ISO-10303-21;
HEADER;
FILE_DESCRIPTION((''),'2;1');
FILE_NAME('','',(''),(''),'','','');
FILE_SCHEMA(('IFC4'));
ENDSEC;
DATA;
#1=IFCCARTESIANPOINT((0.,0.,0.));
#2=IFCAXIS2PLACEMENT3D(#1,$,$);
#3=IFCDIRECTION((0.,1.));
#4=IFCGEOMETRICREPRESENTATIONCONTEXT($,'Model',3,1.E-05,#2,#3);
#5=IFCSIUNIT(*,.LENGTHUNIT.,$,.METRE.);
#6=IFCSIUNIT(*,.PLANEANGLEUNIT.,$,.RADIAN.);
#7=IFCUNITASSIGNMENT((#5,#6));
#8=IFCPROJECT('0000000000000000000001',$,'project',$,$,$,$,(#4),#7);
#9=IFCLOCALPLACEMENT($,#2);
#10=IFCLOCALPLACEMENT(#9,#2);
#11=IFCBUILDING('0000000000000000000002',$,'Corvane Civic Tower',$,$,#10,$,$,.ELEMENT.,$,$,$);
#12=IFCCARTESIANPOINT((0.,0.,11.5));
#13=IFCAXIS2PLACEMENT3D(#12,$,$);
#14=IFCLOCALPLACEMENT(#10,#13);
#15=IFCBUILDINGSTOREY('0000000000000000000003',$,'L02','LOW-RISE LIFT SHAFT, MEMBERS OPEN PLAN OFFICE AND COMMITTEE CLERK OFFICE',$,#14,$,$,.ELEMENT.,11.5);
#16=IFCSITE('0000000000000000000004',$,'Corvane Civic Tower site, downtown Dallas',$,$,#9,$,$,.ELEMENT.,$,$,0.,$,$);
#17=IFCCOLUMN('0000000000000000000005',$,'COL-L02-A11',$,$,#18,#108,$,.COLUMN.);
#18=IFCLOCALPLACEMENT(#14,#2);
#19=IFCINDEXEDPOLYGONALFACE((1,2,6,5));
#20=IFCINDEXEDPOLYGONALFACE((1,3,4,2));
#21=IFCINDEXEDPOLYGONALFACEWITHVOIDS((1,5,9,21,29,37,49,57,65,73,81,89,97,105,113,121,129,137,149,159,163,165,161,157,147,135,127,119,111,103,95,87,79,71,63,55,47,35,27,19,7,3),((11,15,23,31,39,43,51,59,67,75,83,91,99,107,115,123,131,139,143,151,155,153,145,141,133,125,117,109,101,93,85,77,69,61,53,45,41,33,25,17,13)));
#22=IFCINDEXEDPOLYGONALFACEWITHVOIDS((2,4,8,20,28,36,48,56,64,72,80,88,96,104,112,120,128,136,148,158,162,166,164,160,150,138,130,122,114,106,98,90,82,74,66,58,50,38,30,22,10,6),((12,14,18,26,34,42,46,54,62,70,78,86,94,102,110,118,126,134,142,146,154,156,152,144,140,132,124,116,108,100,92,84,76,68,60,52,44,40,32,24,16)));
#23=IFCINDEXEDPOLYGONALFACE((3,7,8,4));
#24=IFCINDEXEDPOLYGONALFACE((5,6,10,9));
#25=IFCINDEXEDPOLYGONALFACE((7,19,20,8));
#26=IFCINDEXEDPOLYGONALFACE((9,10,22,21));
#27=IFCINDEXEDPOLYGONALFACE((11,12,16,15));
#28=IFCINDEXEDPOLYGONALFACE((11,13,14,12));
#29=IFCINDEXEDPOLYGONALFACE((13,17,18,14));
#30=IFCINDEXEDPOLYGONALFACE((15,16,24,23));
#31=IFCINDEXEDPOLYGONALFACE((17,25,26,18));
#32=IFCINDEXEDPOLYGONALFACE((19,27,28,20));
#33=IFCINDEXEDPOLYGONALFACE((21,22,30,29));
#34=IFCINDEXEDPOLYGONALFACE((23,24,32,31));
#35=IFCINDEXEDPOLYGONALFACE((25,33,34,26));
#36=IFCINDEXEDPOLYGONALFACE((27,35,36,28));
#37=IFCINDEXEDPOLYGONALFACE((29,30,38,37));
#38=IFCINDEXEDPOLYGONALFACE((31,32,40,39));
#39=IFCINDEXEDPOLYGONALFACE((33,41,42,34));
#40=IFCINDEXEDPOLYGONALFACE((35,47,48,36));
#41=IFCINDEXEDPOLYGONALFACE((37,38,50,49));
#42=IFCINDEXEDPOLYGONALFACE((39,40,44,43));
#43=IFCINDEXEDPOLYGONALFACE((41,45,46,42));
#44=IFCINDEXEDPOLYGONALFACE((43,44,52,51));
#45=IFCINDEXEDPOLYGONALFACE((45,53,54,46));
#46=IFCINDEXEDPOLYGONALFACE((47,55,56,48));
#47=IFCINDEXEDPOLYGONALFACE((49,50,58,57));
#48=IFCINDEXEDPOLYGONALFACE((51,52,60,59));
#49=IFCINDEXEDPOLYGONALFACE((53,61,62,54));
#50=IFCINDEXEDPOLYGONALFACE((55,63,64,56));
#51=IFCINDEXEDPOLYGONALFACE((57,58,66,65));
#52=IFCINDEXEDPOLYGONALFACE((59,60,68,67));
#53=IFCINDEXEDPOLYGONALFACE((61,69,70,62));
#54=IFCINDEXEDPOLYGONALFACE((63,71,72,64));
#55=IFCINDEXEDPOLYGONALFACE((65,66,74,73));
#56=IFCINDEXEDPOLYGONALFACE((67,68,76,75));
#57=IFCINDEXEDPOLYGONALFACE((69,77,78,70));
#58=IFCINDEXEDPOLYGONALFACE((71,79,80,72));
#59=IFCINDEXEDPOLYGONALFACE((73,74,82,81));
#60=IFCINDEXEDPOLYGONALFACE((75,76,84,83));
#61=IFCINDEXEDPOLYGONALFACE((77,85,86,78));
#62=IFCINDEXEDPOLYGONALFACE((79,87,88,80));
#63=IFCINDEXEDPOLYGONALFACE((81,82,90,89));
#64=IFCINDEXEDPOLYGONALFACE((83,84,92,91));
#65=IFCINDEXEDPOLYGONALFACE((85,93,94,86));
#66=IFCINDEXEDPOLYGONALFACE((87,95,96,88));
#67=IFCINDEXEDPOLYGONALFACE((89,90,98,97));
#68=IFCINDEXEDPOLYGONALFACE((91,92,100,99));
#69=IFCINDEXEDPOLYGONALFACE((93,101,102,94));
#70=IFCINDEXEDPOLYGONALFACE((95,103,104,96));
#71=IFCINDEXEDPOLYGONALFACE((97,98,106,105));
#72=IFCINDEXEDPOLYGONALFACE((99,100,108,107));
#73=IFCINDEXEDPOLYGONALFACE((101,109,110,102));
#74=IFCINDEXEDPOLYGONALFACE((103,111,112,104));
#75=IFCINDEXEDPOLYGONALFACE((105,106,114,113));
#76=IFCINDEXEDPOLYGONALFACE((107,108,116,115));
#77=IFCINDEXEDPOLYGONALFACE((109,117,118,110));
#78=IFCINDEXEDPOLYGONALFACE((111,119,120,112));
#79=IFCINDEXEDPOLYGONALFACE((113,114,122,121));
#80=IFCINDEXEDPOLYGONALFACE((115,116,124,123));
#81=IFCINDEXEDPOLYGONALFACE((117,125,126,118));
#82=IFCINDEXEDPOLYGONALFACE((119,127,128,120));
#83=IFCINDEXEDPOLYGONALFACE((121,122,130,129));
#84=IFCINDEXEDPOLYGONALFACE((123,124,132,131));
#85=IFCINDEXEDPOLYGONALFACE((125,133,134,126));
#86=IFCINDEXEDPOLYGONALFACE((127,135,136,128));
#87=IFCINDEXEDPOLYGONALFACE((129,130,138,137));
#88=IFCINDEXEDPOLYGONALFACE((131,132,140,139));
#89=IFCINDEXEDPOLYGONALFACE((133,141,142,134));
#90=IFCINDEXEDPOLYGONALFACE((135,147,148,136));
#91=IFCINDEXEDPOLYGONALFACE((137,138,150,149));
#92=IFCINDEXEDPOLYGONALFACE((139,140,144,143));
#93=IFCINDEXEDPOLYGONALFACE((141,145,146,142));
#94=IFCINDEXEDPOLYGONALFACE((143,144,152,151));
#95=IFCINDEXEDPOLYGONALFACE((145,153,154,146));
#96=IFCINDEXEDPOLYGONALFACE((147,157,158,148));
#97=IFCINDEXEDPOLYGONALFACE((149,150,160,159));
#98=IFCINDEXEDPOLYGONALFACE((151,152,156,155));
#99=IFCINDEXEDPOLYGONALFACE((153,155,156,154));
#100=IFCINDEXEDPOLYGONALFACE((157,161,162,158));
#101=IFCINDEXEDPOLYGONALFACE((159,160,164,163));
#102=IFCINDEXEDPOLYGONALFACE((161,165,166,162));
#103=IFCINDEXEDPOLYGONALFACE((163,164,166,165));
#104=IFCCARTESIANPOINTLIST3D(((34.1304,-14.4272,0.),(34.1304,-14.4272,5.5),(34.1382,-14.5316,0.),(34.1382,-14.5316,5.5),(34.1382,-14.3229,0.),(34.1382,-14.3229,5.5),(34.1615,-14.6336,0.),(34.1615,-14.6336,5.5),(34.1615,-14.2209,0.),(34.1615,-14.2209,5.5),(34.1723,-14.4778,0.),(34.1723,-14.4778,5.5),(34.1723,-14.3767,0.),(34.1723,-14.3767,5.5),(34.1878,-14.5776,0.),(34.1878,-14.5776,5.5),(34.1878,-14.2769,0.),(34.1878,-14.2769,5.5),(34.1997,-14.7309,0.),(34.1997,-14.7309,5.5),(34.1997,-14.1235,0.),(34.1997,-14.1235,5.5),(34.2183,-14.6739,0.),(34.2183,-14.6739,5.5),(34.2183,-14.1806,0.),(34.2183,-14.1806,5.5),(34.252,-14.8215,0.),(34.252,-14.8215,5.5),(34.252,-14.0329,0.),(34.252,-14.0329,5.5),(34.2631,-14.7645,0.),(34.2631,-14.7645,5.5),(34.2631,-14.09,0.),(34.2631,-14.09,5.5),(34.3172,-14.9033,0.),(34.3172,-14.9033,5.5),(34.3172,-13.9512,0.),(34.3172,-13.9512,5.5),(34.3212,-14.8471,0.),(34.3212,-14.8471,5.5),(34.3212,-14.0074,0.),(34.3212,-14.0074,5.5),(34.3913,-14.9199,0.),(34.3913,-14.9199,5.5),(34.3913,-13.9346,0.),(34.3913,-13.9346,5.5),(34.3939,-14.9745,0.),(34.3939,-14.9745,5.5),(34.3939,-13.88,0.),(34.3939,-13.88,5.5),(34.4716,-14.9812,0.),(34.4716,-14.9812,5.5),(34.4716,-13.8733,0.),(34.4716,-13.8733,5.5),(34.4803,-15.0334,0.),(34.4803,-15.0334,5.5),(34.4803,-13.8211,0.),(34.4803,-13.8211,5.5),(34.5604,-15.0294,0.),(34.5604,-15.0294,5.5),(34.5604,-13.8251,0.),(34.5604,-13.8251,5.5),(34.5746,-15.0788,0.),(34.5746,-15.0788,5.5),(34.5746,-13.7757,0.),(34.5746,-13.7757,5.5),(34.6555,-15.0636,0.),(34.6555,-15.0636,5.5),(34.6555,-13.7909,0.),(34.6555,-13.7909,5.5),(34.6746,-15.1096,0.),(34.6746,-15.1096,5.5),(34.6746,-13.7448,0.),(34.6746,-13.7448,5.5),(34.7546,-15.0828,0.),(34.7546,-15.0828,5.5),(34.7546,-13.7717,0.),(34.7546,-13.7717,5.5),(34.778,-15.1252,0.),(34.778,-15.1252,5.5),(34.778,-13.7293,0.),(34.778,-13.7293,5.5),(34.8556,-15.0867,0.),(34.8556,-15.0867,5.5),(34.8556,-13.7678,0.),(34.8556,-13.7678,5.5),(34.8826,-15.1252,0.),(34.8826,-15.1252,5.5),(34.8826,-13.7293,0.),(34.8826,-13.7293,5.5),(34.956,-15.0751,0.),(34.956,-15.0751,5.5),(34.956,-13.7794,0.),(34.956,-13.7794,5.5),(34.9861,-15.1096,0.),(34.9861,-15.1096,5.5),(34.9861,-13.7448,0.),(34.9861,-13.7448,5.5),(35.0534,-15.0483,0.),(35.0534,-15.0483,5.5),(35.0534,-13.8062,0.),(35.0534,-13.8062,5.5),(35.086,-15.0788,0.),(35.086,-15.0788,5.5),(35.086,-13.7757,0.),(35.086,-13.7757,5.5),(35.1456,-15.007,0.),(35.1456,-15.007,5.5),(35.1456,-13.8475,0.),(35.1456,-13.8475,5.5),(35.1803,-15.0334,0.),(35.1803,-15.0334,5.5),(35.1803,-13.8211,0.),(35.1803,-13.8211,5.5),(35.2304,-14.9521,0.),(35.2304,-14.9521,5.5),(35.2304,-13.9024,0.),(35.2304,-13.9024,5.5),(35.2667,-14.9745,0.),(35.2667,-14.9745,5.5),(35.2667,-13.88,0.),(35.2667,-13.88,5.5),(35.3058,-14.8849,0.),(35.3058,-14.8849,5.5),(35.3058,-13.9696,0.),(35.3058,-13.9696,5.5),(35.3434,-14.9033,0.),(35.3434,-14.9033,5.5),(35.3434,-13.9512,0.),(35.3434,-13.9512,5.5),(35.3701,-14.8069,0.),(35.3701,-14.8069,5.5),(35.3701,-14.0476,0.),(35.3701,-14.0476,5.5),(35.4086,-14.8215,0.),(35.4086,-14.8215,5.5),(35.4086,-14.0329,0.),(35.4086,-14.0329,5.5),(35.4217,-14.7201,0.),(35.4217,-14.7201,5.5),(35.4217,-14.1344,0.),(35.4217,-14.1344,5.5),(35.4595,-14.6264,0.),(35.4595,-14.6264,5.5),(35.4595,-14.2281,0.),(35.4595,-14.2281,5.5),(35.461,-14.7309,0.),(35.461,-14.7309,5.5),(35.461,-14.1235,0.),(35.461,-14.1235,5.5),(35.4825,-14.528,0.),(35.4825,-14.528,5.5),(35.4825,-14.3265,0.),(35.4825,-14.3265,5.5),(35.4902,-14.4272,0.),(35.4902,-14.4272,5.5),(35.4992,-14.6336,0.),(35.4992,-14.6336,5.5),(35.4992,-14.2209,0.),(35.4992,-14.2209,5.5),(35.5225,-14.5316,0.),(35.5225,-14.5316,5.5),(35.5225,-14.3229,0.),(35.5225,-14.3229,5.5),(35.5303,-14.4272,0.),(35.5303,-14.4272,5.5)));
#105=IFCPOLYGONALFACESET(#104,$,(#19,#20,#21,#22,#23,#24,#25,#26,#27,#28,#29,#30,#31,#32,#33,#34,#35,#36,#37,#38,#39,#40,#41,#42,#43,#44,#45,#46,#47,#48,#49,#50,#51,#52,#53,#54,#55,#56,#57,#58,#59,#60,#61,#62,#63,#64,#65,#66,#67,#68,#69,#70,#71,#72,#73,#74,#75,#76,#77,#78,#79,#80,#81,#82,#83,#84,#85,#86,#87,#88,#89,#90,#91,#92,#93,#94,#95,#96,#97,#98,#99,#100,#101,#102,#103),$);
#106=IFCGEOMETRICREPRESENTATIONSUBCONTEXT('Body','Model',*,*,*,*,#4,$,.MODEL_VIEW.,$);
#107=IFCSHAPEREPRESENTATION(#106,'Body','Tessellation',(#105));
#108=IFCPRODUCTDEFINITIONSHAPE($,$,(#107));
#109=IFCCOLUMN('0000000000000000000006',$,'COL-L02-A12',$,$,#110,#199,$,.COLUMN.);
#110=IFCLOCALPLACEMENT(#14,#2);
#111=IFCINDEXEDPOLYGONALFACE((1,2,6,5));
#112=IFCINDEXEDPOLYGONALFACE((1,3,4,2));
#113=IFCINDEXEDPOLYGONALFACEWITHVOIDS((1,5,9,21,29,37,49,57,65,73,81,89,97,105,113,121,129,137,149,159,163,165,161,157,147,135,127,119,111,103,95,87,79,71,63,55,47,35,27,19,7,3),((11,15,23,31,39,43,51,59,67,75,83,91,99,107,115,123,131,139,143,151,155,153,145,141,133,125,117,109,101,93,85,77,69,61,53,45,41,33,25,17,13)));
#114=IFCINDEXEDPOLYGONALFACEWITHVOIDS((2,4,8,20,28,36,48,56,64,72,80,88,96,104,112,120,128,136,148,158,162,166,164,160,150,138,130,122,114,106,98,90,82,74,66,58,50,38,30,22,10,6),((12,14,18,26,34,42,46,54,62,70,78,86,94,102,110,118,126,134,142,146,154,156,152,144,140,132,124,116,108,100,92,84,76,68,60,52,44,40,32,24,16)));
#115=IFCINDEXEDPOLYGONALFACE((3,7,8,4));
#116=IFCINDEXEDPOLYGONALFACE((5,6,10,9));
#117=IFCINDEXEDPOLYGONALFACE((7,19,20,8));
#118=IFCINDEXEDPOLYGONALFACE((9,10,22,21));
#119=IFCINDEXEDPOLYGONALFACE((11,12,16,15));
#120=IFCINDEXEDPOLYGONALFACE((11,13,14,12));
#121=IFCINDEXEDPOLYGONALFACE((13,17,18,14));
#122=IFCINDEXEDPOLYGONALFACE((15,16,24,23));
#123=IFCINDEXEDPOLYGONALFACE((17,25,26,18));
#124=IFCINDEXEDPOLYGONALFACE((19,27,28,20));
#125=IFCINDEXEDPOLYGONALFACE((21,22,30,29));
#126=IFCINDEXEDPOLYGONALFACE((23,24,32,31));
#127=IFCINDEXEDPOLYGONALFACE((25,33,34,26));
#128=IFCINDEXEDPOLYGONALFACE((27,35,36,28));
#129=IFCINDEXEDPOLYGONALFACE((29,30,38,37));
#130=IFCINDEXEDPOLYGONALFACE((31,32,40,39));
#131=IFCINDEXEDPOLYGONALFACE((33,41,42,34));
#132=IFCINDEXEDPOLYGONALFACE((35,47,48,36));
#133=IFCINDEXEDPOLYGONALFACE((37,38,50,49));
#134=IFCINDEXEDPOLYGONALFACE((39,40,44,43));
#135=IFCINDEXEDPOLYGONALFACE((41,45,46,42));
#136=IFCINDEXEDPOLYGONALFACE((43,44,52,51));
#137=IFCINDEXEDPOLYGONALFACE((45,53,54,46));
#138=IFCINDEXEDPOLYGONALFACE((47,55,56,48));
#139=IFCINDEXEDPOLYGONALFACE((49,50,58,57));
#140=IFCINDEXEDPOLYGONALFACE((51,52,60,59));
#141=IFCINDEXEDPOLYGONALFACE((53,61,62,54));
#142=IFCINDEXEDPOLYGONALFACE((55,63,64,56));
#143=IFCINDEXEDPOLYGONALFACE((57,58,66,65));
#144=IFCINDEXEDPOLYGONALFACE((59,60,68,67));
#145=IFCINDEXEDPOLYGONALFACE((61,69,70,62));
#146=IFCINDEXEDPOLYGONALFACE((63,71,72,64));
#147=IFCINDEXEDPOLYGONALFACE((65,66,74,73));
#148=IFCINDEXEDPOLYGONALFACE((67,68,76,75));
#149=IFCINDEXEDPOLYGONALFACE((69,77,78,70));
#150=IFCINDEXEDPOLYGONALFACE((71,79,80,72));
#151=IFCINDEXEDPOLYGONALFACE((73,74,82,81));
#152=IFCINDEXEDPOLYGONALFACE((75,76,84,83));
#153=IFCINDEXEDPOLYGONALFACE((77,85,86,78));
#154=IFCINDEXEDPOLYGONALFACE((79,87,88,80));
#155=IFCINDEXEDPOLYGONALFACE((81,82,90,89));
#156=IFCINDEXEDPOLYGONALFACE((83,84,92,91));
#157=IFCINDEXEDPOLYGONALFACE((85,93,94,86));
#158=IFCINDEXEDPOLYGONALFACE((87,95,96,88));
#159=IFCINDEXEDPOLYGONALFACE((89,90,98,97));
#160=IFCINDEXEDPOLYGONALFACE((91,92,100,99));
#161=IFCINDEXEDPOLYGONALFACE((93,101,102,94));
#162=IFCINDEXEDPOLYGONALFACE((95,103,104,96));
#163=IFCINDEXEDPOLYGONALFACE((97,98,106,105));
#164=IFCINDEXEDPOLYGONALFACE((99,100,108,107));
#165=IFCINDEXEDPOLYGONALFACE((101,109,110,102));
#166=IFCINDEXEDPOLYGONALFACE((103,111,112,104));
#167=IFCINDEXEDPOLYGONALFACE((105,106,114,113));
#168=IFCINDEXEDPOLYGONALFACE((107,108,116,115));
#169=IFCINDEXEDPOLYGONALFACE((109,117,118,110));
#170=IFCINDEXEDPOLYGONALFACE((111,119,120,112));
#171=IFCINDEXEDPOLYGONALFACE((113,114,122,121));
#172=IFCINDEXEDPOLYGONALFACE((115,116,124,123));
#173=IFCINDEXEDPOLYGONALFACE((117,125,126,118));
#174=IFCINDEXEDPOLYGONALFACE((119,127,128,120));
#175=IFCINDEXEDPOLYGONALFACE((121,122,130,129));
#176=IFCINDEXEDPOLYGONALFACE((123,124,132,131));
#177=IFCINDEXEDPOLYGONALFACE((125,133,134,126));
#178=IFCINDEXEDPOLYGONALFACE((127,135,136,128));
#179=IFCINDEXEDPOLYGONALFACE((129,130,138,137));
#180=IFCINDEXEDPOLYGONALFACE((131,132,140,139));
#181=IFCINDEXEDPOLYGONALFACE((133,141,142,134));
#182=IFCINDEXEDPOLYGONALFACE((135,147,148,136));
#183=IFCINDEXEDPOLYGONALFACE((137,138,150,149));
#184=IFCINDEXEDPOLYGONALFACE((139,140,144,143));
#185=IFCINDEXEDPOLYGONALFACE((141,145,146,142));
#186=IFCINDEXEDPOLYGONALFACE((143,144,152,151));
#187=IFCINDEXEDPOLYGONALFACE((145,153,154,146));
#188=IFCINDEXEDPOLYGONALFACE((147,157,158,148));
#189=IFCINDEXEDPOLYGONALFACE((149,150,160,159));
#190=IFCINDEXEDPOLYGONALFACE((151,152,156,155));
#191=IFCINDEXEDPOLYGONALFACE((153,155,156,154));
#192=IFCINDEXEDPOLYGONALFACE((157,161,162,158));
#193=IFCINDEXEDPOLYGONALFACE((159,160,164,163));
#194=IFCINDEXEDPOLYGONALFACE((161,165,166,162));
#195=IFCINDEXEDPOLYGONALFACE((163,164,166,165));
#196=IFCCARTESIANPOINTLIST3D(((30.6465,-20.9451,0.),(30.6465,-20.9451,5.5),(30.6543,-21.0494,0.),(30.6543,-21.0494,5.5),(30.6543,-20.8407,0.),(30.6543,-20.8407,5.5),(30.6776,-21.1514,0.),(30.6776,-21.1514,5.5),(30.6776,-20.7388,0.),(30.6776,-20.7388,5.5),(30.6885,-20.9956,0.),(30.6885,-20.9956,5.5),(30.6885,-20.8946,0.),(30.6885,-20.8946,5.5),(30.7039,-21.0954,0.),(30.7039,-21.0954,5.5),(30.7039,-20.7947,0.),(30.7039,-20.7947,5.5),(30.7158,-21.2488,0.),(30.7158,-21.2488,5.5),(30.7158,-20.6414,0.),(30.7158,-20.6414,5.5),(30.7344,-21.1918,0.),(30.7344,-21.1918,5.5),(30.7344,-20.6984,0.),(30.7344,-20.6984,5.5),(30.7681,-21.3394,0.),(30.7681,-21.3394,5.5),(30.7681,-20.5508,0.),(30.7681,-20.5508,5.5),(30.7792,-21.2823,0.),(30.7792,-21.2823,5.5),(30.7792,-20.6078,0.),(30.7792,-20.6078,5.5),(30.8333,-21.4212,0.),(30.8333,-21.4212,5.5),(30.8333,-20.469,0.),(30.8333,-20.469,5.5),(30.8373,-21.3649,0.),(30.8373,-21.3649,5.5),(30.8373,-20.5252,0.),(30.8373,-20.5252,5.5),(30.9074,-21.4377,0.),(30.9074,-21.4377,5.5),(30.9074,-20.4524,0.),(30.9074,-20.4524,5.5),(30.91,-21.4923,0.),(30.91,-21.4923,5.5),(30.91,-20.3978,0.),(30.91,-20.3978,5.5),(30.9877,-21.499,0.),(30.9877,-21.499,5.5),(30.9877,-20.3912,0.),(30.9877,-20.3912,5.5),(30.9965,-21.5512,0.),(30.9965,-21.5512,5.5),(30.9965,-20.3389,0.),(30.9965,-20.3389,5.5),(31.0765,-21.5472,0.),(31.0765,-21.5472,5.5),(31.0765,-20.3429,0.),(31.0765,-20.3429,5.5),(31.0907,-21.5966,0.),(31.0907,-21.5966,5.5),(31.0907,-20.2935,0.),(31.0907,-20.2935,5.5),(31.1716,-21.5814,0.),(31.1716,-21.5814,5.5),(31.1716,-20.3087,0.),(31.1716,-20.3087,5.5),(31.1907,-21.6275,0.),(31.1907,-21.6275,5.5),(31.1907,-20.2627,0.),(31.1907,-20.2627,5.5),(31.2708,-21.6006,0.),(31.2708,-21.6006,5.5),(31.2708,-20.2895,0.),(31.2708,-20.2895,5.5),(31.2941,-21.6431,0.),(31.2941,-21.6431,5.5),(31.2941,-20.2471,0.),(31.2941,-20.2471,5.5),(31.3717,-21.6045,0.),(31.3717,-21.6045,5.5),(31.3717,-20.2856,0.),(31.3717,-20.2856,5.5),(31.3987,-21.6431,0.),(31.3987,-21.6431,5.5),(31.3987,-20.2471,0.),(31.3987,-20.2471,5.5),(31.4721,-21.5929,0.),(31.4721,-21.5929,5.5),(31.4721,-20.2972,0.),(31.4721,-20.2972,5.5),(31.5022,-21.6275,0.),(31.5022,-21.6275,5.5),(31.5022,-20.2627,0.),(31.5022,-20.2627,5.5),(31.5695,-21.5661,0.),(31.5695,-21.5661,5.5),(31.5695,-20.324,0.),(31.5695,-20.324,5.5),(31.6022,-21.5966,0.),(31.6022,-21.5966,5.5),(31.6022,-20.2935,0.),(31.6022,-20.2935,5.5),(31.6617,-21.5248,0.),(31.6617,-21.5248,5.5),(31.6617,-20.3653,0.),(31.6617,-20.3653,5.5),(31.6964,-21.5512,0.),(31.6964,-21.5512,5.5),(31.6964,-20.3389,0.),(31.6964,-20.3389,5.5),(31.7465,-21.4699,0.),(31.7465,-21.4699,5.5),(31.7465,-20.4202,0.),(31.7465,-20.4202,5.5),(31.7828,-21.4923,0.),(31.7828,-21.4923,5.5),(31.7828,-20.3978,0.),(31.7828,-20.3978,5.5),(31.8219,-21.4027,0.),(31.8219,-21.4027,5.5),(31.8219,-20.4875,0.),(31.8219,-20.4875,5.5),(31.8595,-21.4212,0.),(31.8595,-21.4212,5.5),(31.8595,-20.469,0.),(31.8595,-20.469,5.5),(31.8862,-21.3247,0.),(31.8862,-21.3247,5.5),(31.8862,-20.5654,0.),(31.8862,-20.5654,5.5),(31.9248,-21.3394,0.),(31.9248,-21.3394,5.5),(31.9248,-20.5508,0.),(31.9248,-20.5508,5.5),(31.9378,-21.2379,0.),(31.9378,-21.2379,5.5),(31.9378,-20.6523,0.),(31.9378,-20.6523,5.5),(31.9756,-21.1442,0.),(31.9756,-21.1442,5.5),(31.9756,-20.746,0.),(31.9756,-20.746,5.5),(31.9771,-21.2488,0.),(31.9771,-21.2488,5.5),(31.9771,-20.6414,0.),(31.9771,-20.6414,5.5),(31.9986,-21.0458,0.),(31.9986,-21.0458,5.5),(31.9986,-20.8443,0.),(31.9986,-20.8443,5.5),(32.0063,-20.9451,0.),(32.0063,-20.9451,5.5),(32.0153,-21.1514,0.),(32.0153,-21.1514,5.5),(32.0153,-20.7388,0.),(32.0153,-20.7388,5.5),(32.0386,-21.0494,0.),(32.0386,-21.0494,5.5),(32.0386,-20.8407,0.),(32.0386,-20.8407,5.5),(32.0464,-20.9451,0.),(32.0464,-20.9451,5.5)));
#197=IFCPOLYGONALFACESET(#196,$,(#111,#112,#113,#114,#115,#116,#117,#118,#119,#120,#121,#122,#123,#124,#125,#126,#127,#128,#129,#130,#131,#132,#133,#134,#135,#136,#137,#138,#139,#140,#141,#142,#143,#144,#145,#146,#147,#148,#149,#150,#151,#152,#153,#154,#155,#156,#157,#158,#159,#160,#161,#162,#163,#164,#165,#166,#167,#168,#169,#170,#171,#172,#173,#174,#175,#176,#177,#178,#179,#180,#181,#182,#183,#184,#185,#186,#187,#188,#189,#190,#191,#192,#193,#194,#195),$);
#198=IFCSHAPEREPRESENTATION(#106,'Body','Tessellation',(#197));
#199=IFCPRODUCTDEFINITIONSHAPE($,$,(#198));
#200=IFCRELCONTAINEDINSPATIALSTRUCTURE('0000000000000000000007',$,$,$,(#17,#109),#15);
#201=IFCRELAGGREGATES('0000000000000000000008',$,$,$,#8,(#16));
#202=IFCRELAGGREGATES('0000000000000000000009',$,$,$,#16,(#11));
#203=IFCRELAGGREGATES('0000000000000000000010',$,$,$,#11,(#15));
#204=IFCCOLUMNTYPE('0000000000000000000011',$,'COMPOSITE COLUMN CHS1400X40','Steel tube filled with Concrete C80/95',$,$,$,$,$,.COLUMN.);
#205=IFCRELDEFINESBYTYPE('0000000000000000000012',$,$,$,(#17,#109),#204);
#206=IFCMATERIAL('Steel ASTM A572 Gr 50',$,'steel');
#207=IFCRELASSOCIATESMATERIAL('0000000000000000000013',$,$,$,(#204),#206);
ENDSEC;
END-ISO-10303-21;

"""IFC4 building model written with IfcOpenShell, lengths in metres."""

from ifc_helpers import new_model, si_unit, direction, frame, origin, origin_2d, place, context, subcontext, project, spatial, hollow_circle, extrude, material, material_profile, profile_set, type_object, element, save


model = new_model("IFC4")

# Units and contexts
model_context = context("Model", 3, precision=1e-05, world=origin(), true_north=direction((0.0, 1.0)))
body_context = subcontext(model_context, "Body", "Model", "MODEL_VIEW")
ifc_project = project(units=[si_unit("LENGTHUNIT", "METRE"), si_unit("PLANEANGLEUNIT", "RADIAN")], contexts=[model_context])

# Site, building, storey
site_placement = place(None, origin())
site = spatial("IfcSite", under=ifc_project, at=site_placement, Name="Corvane Civic Tower site, downtown Dallas", CompositionType="ELEMENT", RefElevation=0.0)
building_placement = place(site_placement, origin())
building = spatial("IfcBuilding", under=site, at=building_placement, Name="Corvane Civic Tower", CompositionType="ELEMENT")
storey_placement = place(building_placement, frame((0.0, 0.0, 11.5)))
storey = spatial("IfcBuildingStorey", under=building, at=storey_placement, Name="L02", Description="LOW-RISE LIFT SHAFT, MEMBERS OPEN PLAN OFFICE AND COMMITTEE CLERK OFFICE", CompositionType="ELEMENT", Elevation=11.5)

# Columns
ifc_material_1 = material(Name="Steel ASTM A572 Gr 50", Category="steel")
ifc_material_profile_1 = material_profile(ifc_material_1, hollow_circle(Radius=0.7, WallThickness=0.04, at=origin_2d()), Name="CHS1400X40")
ifc_profile_set_1 = profile_set([ifc_material_profile_1], Name="Steel ASTM A572 Gr 50")
column_type_1 = type_object("IfcColumnType", Name="COMPOSITE COLUMN CHS1400X40", Description="Steel tube filled with Concrete C80/95", PredefinedType="COLUMN", material=ifc_profile_set_1)
for number, where, z_axis, x_axis, name in (
    (1, (34.8303, -14.4272, 0.0), (0.0, 0.0, 1.0), (1.0, 0.0, 0.0), "COL-L02-A11"),
    (2, (31.3464, -20.9451, 0.0), (0.0, 0.0, 1.0), (1.0, 0.0, 0.0), "COL-L02-A12"),
):
    element("IfcColumn", number, at=place(storey_placement, frame(where, z_axis=z_axis, x_axis=x_axis)), inside=storey, type_object=column_type_1, Name=name, PredefinedType="COLUMN", context=body_context, shape_type="SweptSolid", body=[
        extrude(hollow_circle(Radius=0.7, WallThickness=0.04, at=origin_2d()), origin(), (0.0, 0.0, 1.0), 5.5),
    ])

save(model, "model.ifc")
